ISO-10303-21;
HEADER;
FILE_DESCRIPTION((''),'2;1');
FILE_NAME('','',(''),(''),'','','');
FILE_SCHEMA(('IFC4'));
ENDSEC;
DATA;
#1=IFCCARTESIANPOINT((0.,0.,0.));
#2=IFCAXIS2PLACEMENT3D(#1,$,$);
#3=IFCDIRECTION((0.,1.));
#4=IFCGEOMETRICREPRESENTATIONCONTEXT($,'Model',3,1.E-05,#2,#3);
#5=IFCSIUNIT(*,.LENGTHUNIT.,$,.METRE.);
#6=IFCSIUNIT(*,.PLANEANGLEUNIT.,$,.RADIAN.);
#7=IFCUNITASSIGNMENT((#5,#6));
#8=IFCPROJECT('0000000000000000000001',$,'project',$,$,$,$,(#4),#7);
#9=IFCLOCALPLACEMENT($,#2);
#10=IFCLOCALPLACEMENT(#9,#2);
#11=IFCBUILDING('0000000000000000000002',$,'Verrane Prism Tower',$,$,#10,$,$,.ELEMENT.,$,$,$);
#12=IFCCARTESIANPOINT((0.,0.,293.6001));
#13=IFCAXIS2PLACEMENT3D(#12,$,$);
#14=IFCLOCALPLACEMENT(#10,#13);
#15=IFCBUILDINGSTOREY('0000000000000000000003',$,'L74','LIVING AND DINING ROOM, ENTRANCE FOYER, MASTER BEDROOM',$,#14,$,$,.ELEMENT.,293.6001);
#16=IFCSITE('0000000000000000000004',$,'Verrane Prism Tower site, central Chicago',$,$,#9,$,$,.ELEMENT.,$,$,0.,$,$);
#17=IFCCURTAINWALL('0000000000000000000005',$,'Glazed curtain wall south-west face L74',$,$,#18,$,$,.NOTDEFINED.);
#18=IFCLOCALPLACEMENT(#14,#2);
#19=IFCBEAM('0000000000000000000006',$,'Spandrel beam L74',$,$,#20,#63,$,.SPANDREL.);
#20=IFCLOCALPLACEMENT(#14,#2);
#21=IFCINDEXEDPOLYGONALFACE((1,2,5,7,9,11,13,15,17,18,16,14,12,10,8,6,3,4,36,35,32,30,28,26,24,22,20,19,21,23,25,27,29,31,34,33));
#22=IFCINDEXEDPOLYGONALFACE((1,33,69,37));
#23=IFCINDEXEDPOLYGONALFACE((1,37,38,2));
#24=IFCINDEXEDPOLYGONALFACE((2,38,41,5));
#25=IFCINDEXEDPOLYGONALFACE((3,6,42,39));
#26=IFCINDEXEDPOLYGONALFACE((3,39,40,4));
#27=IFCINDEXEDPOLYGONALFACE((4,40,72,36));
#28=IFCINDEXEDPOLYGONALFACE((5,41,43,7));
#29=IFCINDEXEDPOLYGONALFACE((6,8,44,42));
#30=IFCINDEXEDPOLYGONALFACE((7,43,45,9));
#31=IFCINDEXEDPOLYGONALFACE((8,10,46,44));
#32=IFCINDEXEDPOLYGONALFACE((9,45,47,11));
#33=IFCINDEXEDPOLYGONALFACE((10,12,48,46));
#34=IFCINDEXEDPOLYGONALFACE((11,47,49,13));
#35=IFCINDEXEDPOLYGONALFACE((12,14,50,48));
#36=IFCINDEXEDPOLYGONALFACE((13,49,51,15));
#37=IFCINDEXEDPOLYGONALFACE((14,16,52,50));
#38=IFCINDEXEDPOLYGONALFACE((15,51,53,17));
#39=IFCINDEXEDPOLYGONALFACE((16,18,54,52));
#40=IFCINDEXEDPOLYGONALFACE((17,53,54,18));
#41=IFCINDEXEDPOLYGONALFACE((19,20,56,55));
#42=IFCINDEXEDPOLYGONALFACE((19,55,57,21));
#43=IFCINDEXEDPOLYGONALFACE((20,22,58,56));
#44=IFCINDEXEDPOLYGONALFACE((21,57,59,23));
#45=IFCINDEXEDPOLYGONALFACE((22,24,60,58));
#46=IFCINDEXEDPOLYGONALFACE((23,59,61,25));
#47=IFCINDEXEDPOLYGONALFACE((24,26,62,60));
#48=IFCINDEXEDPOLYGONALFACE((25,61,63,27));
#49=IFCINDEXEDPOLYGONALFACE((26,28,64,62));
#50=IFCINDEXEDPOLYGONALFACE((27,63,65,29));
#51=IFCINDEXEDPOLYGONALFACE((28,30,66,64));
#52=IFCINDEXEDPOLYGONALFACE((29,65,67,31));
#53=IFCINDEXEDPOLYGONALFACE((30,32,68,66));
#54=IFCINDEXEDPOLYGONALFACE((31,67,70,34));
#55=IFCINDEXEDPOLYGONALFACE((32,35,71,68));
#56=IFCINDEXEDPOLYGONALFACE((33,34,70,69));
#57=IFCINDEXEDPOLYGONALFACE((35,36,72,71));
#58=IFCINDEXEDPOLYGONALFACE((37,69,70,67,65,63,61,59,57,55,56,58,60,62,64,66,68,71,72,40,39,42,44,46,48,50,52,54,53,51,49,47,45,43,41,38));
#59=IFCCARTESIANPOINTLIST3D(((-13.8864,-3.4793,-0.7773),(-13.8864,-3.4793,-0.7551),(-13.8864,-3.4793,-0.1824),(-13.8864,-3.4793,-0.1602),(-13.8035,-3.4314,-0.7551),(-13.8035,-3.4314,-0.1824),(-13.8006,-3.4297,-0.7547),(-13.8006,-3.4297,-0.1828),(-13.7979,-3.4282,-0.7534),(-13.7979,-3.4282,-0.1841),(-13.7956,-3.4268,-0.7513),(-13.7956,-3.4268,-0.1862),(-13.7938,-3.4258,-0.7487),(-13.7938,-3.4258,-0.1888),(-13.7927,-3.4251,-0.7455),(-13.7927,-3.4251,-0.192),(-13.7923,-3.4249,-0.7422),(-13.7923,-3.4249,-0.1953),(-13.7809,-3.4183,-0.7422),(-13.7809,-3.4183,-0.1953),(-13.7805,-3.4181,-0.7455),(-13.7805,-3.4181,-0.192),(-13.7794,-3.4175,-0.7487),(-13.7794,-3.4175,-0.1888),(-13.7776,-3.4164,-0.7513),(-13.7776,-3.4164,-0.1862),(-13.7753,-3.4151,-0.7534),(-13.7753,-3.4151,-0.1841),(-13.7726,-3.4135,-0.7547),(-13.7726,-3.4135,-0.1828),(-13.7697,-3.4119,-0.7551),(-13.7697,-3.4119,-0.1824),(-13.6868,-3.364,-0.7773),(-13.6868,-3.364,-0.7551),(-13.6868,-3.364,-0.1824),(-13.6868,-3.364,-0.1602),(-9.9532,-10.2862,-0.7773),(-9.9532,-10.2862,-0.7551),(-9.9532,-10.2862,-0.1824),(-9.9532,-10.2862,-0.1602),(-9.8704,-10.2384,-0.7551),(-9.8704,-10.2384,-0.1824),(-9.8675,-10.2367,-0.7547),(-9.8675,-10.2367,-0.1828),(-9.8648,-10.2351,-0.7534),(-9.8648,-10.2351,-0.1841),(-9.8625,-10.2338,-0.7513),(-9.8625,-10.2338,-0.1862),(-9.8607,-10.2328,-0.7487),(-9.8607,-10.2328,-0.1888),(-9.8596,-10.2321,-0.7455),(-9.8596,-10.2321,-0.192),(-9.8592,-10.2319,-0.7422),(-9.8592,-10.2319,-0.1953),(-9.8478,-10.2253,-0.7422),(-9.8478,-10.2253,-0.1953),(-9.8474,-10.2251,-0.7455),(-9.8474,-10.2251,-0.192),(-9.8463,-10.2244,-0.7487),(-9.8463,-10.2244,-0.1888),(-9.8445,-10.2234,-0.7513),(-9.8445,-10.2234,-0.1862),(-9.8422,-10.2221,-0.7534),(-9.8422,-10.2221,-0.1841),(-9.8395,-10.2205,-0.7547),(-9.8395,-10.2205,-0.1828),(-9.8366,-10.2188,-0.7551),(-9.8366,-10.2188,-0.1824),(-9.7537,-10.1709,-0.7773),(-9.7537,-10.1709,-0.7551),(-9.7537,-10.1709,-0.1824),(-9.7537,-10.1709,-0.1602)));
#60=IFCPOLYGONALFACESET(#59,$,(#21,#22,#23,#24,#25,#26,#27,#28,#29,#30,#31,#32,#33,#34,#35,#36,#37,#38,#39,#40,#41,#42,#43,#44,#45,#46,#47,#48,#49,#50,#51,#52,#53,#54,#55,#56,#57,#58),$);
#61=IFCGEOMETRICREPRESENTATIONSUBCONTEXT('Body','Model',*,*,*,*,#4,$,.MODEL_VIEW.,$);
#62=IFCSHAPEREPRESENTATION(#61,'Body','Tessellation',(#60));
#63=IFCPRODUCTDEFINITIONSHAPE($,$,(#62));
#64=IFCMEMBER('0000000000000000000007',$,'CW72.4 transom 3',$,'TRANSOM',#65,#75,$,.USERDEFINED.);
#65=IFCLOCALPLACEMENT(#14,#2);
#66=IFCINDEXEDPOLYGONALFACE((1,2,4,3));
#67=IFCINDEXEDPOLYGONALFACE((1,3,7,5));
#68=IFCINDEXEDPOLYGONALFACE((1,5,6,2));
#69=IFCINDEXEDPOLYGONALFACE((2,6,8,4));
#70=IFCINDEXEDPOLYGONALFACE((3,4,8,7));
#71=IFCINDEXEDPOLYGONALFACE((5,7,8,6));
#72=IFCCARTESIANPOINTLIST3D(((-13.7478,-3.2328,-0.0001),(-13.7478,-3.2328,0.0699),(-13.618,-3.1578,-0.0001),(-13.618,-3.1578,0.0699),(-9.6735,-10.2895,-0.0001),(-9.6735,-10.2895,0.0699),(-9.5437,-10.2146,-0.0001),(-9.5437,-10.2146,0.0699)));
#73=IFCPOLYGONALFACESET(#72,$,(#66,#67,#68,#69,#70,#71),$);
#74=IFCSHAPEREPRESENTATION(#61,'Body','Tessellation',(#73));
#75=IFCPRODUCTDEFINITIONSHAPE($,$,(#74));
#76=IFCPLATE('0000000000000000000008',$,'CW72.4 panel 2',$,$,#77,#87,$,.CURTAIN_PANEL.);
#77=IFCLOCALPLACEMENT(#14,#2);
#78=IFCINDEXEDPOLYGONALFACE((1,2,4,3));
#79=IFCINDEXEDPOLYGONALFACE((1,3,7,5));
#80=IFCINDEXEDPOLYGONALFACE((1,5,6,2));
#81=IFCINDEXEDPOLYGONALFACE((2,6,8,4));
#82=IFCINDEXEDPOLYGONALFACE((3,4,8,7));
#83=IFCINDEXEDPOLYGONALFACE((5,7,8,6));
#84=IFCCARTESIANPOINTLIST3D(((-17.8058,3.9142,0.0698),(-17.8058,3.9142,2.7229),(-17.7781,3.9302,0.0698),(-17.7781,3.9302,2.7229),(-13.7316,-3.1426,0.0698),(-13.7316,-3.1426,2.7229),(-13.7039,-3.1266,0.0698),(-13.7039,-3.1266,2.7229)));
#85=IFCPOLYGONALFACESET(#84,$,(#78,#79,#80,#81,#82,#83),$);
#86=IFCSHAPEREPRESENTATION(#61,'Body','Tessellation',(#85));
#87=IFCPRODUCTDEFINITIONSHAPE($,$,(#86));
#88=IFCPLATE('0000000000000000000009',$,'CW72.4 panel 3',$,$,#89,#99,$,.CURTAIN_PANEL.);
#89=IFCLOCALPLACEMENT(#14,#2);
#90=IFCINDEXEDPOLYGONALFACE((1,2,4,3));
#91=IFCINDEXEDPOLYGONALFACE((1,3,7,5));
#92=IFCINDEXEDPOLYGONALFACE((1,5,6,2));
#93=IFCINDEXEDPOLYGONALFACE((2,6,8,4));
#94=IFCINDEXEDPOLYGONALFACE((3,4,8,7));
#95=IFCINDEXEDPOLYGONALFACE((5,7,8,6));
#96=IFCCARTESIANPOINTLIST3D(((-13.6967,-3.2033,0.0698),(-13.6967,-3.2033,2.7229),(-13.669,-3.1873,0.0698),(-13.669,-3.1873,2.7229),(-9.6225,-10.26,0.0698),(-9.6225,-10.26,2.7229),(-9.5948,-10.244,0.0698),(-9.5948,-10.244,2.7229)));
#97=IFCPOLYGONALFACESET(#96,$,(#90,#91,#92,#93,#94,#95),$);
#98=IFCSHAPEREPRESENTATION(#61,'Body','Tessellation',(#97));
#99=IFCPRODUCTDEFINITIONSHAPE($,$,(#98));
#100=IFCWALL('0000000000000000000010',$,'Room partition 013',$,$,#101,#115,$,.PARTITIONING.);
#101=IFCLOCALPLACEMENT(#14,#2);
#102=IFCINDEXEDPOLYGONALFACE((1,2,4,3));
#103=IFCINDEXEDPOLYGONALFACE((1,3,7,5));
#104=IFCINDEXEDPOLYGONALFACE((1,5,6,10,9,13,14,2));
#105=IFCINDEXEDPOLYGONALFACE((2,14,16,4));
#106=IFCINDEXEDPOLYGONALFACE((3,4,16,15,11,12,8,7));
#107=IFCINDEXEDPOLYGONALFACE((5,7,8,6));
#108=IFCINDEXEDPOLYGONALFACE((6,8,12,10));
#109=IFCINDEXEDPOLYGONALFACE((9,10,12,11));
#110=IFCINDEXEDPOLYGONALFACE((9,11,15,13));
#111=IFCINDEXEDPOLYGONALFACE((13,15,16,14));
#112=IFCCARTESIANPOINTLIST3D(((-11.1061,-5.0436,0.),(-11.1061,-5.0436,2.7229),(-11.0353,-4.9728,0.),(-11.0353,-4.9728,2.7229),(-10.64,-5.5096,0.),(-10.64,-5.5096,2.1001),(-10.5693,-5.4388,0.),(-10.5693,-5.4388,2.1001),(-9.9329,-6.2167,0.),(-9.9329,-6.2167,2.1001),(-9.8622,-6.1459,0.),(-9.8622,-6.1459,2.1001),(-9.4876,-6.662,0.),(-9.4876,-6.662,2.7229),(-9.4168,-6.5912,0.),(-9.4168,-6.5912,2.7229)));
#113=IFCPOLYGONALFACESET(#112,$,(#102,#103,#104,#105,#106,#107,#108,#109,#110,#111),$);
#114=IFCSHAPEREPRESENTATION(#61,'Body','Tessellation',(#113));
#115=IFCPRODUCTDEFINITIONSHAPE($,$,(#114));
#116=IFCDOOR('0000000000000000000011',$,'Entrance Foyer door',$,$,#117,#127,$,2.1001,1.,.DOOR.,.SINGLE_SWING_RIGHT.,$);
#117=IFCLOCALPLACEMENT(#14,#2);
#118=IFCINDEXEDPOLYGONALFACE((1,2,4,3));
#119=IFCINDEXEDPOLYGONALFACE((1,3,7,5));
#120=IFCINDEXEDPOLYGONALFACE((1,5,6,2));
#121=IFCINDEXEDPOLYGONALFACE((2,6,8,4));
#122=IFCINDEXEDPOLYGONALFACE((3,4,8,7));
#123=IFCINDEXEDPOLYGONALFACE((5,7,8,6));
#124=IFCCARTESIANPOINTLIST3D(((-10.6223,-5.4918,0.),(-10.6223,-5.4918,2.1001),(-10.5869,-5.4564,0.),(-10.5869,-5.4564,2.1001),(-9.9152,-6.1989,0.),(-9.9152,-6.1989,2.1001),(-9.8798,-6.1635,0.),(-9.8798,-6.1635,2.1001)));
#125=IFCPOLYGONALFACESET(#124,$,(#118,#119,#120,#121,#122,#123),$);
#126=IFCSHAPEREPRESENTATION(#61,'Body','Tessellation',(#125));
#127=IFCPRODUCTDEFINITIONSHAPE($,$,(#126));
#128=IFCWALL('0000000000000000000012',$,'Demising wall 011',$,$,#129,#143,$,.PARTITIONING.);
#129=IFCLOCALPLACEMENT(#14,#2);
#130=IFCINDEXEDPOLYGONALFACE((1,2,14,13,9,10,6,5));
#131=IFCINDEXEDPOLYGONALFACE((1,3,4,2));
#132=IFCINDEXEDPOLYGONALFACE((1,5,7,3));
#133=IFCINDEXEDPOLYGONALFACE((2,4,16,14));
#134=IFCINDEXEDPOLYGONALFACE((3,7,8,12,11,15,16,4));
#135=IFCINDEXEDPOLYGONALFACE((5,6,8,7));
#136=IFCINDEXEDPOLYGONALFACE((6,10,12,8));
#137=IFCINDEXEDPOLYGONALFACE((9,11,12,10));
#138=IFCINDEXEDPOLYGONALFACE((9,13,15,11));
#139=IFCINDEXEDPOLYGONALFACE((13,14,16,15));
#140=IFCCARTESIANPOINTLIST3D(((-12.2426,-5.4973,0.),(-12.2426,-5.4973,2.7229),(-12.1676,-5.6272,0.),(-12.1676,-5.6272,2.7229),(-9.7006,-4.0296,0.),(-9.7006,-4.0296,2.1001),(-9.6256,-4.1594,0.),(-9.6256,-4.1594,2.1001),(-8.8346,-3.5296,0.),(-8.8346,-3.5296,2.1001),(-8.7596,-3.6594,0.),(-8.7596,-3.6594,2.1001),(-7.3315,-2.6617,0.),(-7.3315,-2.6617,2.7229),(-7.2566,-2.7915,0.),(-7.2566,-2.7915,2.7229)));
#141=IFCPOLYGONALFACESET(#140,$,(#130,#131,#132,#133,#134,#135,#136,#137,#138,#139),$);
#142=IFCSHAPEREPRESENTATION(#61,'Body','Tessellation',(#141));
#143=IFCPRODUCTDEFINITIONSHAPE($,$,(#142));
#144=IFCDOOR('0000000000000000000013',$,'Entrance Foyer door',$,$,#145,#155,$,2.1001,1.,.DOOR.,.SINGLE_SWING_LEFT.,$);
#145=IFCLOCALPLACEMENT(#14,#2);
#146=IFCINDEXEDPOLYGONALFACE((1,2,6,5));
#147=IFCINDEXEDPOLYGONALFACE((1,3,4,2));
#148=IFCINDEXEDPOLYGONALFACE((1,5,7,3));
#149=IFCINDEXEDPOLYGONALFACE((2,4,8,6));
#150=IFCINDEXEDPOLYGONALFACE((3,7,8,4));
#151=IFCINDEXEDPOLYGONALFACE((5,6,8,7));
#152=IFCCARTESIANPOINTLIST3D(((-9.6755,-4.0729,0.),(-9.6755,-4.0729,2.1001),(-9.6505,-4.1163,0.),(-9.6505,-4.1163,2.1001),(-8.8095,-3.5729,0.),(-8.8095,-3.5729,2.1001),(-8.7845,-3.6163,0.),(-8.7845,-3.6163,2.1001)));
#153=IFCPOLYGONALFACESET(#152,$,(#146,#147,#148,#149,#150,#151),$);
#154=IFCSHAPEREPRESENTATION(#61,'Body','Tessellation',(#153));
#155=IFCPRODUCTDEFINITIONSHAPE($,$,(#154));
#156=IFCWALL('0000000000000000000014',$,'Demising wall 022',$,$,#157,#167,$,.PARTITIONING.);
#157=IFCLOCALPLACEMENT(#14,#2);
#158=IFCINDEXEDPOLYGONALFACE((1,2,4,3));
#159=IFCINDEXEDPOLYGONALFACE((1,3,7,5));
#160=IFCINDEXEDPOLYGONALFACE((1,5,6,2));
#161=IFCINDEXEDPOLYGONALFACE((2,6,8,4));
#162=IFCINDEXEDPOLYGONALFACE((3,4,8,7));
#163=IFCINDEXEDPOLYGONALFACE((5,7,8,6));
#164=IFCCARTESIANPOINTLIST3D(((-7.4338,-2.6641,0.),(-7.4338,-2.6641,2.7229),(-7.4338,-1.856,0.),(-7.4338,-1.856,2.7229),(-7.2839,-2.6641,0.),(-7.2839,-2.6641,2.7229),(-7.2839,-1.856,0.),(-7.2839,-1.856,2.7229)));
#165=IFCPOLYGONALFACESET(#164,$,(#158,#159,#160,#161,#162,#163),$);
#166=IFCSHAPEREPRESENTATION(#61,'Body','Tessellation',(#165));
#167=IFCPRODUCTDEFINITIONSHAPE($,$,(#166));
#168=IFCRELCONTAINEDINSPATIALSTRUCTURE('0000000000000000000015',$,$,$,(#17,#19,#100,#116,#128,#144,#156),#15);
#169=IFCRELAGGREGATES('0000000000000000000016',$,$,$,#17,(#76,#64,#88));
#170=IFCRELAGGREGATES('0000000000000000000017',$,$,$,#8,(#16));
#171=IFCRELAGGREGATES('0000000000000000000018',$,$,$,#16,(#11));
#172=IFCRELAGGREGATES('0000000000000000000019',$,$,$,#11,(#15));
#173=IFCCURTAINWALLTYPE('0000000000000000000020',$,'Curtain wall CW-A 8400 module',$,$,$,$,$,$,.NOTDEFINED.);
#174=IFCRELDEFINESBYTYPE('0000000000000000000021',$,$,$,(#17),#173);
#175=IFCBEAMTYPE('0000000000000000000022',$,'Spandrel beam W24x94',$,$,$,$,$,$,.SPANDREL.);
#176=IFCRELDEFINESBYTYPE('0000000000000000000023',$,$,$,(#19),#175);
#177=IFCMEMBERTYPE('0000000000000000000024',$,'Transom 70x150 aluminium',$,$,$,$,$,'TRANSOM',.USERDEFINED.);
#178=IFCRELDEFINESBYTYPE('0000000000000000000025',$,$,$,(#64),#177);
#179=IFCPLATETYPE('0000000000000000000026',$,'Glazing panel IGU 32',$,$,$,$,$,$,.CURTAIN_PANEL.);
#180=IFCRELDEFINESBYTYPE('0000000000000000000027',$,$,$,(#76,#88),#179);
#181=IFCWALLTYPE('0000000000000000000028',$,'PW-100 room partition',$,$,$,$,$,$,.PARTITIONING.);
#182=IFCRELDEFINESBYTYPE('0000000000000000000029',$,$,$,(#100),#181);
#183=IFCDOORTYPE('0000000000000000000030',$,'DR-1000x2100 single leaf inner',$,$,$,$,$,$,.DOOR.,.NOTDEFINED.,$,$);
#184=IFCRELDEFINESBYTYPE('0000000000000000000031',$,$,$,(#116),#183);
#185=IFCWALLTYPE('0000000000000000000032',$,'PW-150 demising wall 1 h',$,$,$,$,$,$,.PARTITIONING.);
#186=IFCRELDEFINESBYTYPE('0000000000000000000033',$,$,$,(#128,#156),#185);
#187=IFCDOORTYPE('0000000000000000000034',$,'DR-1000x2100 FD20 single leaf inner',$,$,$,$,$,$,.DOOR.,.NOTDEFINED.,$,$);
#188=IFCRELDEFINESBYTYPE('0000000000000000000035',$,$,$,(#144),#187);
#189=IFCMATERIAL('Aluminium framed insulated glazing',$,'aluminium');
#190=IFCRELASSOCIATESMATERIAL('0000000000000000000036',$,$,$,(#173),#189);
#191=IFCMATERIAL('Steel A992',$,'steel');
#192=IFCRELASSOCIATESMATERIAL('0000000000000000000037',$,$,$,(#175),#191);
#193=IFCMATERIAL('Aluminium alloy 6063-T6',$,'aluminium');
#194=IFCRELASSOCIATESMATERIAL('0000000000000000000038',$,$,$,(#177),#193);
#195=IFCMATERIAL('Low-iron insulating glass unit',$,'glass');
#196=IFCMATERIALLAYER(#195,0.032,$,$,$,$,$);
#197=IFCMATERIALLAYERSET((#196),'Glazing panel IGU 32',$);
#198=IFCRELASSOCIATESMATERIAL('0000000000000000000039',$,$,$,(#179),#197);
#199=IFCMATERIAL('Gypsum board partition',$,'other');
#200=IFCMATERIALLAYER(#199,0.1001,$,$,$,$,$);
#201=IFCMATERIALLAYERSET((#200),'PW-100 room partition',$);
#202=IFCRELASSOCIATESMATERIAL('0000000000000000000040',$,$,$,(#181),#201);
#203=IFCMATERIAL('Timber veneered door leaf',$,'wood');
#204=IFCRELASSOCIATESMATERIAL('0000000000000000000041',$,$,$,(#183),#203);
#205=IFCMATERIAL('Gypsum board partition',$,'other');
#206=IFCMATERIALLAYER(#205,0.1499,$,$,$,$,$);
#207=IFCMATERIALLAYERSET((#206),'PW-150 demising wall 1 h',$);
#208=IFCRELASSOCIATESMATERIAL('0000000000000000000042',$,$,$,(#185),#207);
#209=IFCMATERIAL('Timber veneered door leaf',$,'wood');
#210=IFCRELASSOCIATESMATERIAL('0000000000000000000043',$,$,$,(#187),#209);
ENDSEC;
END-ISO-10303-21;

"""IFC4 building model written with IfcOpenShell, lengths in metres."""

from ifc_helpers import new_model, si_unit, direction, frame, frame_2d, origin, origin_2d, place, context, subcontext, project, spatial, rectangle, i_section, extrude, material, layer, layer_set, material_profile, profile_set, type_object, element, fill, aggregate, save


model = new_model("IFC4")

# Units and contexts
model_context = context("Model", 3, precision=1e-05, world=origin(), true_north=direction((0.0, 1.0)))
body_context = subcontext(model_context, "Body", "Model", "MODEL_VIEW")
ifc_project = project(units=[si_unit("LENGTHUNIT", "METRE"), si_unit("PLANEANGLEUNIT", "RADIAN")], contexts=[model_context])

# Site, building, storey
site_placement = place(None, origin())
site = spatial("IfcSite", under=ifc_project, at=site_placement, Name="Verrane Prism Tower site, central Chicago", CompositionType="ELEMENT", RefElevation=0.0)
building_placement = place(site_placement, origin())
building = spatial("IfcBuilding", under=site, at=building_placement, Name="Verrane Prism Tower", CompositionType="ELEMENT")
storey_placement = place(building_placement, frame((0.0, 0.0, 293.6001)))
storey = spatial("IfcBuildingStorey", under=building, at=storey_placement, Name="L74", Description="LIVING AND DINING ROOM, ENTRANCE FOYER, MASTER BEDROOM", CompositionType="ELEMENT", Elevation=293.6001)

# Curtain wall
ifc_material_1 = material(Name="Aluminium framed insulated glazing", Category="aluminium")
curtain_wall_type = type_object("IfcCurtainWallType", Name="Curtain wall CW-A 8400 module", PredefinedType="NOTDEFINED", material=ifc_material_1)
curtain_wall_placement = place(storey_placement, origin())
curtain_wall = element("IfcCurtainWall", 1, at=curtain_wall_placement, inside=storey, type_object=curtain_wall_type, Name="Glazed curtain wall south-west face L74", PredefinedType="NOTDEFINED")

# Beam
ifc_material_2 = material(Name="Steel A992", Category="steel")
ifc_material_profile_1 = material_profile(ifc_material_2, i_section(OverallWidth=0.2305, OverallDepth=0.6172, WebThickness=0.0132, FlangeThickness=0.0222, FilletRadius=0.0129, at=origin_2d()), Name="W24x94")
ifc_profile_set_1 = profile_set([ifc_material_profile_1], Name="Steel A992")
beam_type_1 = type_object("IfcBeamType", Name="Spandrel beam W24x94", PredefinedType="SPANDREL", material=ifc_profile_set_1)
beam_1_placement = place(storey_placement, frame((-13.7866, -3.4216, -0.4688), z_axis=(0.5003, -0.865852, 0.0), x_axis=(0.865852, 0.5003, 0.0)))
element("IfcBeam", 2, at=beam_1_placement, inside=storey, type_object=beam_type_1, Name="Spandrel beam L74", PredefinedType="SPANDREL", context=body_context, shape_type="SweptSolid", body=[
    extrude(i_section(OverallWidth=0.2305, OverallDepth=0.6172, WebThickness=0.0132, FlangeThickness=0.0222, FilletRadius=0.0129, at=origin_2d()), origin(), (0.0, 0.0, 1.0), 7.8616),
])

# Member
ifc_material_3 = material(Name="Aluminium alloy 6063-T6", Category="aluminium")
ifc_material_profile_2 = material_profile(ifc_material_3, rectangle(XDim=0.1499, YDim=0.0701, at=origin_2d()), Name="Transom 70x150 aluminium")
ifc_profile_set_2 = profile_set([ifc_material_profile_2], Name="Aluminium alloy 6063-T6")
member_type_1 = type_object("IfcMemberType", Name="Transom 70x150 aluminium", ElementType="TRANSOM", PredefinedType="USERDEFINED", material=ifc_profile_set_2)
member_1_placement = place(storey_placement, frame((-13.6829, -3.1953, 0.0349), z_axis=(0.500006, -0.866022, 0.0), x_axis=(0.866022, 0.500006, 0.0)))
member_1 = element("IfcMember", 3, at=member_1_placement, type_object=member_type_1, Name="CW72.4 transom 3", ObjectType="TRANSOM", PredefinedType="USERDEFINED", context=body_context, shape_type="SweptSolid", body=[
    extrude(rectangle(XDim=0.1499, YDim=0.0701, at=origin_2d()), origin(), (0.0, 0.0, 1.0), 8.1484),
])

# Plates
ifc_material_4 = material(Name="Low-iron insulating glass unit", Category="glass")
ifc_layer_1 = layer(ifc_material_4, 0.032)
ifc_layer_set_1 = layer_set([ifc_layer_1], Name="Glazing panel IGU 32")
plate_type = type_object("IfcPlateType", Name="Glazing panel IGU 32", PredefinedType="CURTAIN_PANEL", material=ifc_layer_set_1)
plate_1_placement = place(storey_placement, frame((-15.7549, 0.3938, 0.0698), z_axis=(0.0, 0.0, 1.0), x_axis=(0.500001, -0.866025, 0.0)))
plate_1 = element("IfcPlate", 4, at=plate_1_placement, type_object=plate_type, Name="CW72.4 panel 2", PredefinedType="CURTAIN_PANEL", context=body_context, shape_type="SweptSolid", body=[
    extrude(rectangle(XDim=8.1484, YDim=0.032, at=origin_2d()), origin(), (0.0, 0.0, 1.0), 2.6531),
])
plate_2_placement = place(storey_placement, frame((-11.6458, -6.7236, 0.0698), z_axis=(0.0, 0.0, 1.0), x_axis=(0.500001, -0.866025, 0.0)))
plate_2 = element("IfcPlate", 5, at=plate_2_placement, type_object=plate_type, Name="CW72.4 panel 3", PredefinedType="CURTAIN_PANEL", context=body_context, shape_type="SweptSolid", body=[
    extrude(rectangle(XDim=8.1484, YDim=0.032, at=origin_2d()), origin(), (0.0, 0.0, 1.0), 2.6531),
])
aggregate(curtain_wall, [plate_1, member_1, plate_2])

# Walls, openings, doors
ifc_material_5 = material(Name="Gypsum board partition", Category="other")
ifc_layer_2 = layer(ifc_material_5, 0.1001)
ifc_layer_set_2 = layer_set([ifc_layer_2], Name="PW-100 room partition")
wall_type_1 = type_object("IfcWallType", Name="PW-100 room partition", PredefinedType="PARTITIONING", material=ifc_layer_set_2)
wall_1_placement = place(storey_placement, frame((-9.4521, -6.6267, 0.0), z_axis=(0.0, 0.0, 1.0), x_axis=(-0.707107, 0.707107, 0.0)))
wall_1 = element("IfcWall", 6, at=wall_1_placement, inside=storey, type_object=wall_type_1, Name="Room partition 013", PredefinedType="PARTITIONING", context=body_context, shape_type="SweptSolid", body=[
    extrude(rectangle(XDim=2.2888, YDim=0.1001, at=frame_2d((1.1445, 0.0))), origin(), (0.0, 0.0, 1.0), 2.7229),
])
opening_1_placement = place(wall_1_placement, frame((0.6299, 0.0, 0.0)))
opening_1 = element("IfcOpeningElement", 7, at=opening_1_placement, cuts=wall_1, PredefinedType="OPENING", context=body_context, shape_type="SweptSolid", body=[
    extrude(rectangle(XDim=1.0, YDim=2.1001, at=frame_2d((0.5, 1.05))), frame((0.0, 0.0601, 0.0), z_axis=(0.0, -1.0, 0.0), x_axis=(1.0, 0.0, 0.0)), (0.0, 0.0, 1.0), 0.1201),
])
ifc_material_6 = material(Name="Timber veneered door leaf", Category="wood")
door_type_1 = type_object("IfcDoorType", Name="DR-1000x2100 single leaf inner", OperationType="NOTDEFINED", PredefinedType="DOOR", material=ifc_material_6)
door_1_placement = place(opening_1_placement, origin())
door_1 = element("IfcDoor", 8, at=door_1_placement, inside=storey, type_object=door_type_1, Name="Entrance Foyer door", OperationType="SINGLE_SWING_RIGHT", OverallHeight=2.1001, OverallWidth=1.0, PredefinedType="DOOR", context=body_context, shape_type="SweptSolid", body=[
    extrude(rectangle(XDim=1.0, YDim=2.1001, at=frame_2d((0.5, 1.05))), frame((0.0, 0.0249, 0.0), z_axis=(0.0, -1.0, 0.0), x_axis=(1.0, 0.0, 0.0)), (0.0, 0.0, 1.0), 0.05),
])
fill(opening_1, door_1)
ifc_material_7 = material(Name="Gypsum board partition", Category="other")
ifc_layer_3 = layer(ifc_material_7, 0.1499)
ifc_layer_set_3 = layer_set([ifc_layer_3], Name="PW-150 demising wall 1 h")
wall_type_2 = type_object("IfcWallType", Name="PW-150 demising wall 1 h", PredefinedType="PARTITIONING", material=ifc_layer_set_3)
wall_2_placement = place(storey_placement, frame((-12.2051, -5.5623, 0.0), z_axis=(0.0, 0.0, 1.0), x_axis=(0.866006, 0.500033, 0.0)))
wall_2 = element("IfcWall", 9, at=wall_2_placement, inside=storey, type_object=wall_type_2, Name="Demising wall 011", PredefinedType="PARTITIONING", context=body_context, shape_type="SweptSolid", body=[
    extrude(rectangle(XDim=5.6709, YDim=0.1499, at=frame_2d((2.8354, 0.0))), origin(), (0.0, 0.0, 1.0), 2.7229),
])
opening_2_placement = place(wall_2_placement, frame((2.9353, 0.0, 0.0)))
opening_2 = element("IfcOpeningElement", 10, at=opening_2_placement, cuts=wall_2, PredefinedType="OPENING", context=body_context, shape_type="SweptSolid", body=[
    extrude(rectangle(XDim=1.0, YDim=2.1001, at=frame_2d((0.5, 1.05))), frame((0.0, 0.085, 0.0), z_axis=(0.0, -1.0, 0.0), x_axis=(1.0, 0.0, 0.0)), (0.0, 0.0, 1.0), 0.1699),
])
ifc_material_8 = material(Name="Timber veneered door leaf", Category="wood")
door_type_2 = type_object("IfcDoorType", Name="DR-1000x2100 FD20 single leaf inner", OperationType="NOTDEFINED", PredefinedType="DOOR", material=ifc_material_8)
door_2_placement = place(opening_2_placement, origin())
door_2 = element("IfcDoor", 11, at=door_2_placement, inside=storey, type_object=door_type_2, Name="Entrance Foyer door", OperationType="SINGLE_SWING_LEFT", OverallHeight=2.1001, OverallWidth=1.0, PredefinedType="DOOR", context=body_context, shape_type="SweptSolid", body=[
    extrude(rectangle(XDim=1.0, YDim=2.1001, at=frame_2d((0.5, 1.05))), frame((0.0, 0.0249, 0.0), z_axis=(0.0, -1.0, 0.0), x_axis=(1.0, 0.0, 0.0)), (0.0, 0.0, 1.0), 0.05),
])
fill(opening_2, door_2)

# Wall
wall_3_placement = place(storey_placement, frame((-7.3589, -2.6641, 0.0), z_axis=(0.0, 0.0, 1.0), x_axis=(0.0, 1.0, 0.0)))
element("IfcWall", 12, at=wall_3_placement, inside=storey, type_object=wall_type_2, Name="Demising wall 022", PredefinedType="PARTITIONING", context=body_context, shape_type="SweptSolid", body=[
    extrude(rectangle(XDim=0.8081, YDim=0.1499, at=frame_2d((0.4041, 0.0))), origin(), (0.0, 0.0, 1.0), 2.7229),
])

save(model, "model.ifc")
